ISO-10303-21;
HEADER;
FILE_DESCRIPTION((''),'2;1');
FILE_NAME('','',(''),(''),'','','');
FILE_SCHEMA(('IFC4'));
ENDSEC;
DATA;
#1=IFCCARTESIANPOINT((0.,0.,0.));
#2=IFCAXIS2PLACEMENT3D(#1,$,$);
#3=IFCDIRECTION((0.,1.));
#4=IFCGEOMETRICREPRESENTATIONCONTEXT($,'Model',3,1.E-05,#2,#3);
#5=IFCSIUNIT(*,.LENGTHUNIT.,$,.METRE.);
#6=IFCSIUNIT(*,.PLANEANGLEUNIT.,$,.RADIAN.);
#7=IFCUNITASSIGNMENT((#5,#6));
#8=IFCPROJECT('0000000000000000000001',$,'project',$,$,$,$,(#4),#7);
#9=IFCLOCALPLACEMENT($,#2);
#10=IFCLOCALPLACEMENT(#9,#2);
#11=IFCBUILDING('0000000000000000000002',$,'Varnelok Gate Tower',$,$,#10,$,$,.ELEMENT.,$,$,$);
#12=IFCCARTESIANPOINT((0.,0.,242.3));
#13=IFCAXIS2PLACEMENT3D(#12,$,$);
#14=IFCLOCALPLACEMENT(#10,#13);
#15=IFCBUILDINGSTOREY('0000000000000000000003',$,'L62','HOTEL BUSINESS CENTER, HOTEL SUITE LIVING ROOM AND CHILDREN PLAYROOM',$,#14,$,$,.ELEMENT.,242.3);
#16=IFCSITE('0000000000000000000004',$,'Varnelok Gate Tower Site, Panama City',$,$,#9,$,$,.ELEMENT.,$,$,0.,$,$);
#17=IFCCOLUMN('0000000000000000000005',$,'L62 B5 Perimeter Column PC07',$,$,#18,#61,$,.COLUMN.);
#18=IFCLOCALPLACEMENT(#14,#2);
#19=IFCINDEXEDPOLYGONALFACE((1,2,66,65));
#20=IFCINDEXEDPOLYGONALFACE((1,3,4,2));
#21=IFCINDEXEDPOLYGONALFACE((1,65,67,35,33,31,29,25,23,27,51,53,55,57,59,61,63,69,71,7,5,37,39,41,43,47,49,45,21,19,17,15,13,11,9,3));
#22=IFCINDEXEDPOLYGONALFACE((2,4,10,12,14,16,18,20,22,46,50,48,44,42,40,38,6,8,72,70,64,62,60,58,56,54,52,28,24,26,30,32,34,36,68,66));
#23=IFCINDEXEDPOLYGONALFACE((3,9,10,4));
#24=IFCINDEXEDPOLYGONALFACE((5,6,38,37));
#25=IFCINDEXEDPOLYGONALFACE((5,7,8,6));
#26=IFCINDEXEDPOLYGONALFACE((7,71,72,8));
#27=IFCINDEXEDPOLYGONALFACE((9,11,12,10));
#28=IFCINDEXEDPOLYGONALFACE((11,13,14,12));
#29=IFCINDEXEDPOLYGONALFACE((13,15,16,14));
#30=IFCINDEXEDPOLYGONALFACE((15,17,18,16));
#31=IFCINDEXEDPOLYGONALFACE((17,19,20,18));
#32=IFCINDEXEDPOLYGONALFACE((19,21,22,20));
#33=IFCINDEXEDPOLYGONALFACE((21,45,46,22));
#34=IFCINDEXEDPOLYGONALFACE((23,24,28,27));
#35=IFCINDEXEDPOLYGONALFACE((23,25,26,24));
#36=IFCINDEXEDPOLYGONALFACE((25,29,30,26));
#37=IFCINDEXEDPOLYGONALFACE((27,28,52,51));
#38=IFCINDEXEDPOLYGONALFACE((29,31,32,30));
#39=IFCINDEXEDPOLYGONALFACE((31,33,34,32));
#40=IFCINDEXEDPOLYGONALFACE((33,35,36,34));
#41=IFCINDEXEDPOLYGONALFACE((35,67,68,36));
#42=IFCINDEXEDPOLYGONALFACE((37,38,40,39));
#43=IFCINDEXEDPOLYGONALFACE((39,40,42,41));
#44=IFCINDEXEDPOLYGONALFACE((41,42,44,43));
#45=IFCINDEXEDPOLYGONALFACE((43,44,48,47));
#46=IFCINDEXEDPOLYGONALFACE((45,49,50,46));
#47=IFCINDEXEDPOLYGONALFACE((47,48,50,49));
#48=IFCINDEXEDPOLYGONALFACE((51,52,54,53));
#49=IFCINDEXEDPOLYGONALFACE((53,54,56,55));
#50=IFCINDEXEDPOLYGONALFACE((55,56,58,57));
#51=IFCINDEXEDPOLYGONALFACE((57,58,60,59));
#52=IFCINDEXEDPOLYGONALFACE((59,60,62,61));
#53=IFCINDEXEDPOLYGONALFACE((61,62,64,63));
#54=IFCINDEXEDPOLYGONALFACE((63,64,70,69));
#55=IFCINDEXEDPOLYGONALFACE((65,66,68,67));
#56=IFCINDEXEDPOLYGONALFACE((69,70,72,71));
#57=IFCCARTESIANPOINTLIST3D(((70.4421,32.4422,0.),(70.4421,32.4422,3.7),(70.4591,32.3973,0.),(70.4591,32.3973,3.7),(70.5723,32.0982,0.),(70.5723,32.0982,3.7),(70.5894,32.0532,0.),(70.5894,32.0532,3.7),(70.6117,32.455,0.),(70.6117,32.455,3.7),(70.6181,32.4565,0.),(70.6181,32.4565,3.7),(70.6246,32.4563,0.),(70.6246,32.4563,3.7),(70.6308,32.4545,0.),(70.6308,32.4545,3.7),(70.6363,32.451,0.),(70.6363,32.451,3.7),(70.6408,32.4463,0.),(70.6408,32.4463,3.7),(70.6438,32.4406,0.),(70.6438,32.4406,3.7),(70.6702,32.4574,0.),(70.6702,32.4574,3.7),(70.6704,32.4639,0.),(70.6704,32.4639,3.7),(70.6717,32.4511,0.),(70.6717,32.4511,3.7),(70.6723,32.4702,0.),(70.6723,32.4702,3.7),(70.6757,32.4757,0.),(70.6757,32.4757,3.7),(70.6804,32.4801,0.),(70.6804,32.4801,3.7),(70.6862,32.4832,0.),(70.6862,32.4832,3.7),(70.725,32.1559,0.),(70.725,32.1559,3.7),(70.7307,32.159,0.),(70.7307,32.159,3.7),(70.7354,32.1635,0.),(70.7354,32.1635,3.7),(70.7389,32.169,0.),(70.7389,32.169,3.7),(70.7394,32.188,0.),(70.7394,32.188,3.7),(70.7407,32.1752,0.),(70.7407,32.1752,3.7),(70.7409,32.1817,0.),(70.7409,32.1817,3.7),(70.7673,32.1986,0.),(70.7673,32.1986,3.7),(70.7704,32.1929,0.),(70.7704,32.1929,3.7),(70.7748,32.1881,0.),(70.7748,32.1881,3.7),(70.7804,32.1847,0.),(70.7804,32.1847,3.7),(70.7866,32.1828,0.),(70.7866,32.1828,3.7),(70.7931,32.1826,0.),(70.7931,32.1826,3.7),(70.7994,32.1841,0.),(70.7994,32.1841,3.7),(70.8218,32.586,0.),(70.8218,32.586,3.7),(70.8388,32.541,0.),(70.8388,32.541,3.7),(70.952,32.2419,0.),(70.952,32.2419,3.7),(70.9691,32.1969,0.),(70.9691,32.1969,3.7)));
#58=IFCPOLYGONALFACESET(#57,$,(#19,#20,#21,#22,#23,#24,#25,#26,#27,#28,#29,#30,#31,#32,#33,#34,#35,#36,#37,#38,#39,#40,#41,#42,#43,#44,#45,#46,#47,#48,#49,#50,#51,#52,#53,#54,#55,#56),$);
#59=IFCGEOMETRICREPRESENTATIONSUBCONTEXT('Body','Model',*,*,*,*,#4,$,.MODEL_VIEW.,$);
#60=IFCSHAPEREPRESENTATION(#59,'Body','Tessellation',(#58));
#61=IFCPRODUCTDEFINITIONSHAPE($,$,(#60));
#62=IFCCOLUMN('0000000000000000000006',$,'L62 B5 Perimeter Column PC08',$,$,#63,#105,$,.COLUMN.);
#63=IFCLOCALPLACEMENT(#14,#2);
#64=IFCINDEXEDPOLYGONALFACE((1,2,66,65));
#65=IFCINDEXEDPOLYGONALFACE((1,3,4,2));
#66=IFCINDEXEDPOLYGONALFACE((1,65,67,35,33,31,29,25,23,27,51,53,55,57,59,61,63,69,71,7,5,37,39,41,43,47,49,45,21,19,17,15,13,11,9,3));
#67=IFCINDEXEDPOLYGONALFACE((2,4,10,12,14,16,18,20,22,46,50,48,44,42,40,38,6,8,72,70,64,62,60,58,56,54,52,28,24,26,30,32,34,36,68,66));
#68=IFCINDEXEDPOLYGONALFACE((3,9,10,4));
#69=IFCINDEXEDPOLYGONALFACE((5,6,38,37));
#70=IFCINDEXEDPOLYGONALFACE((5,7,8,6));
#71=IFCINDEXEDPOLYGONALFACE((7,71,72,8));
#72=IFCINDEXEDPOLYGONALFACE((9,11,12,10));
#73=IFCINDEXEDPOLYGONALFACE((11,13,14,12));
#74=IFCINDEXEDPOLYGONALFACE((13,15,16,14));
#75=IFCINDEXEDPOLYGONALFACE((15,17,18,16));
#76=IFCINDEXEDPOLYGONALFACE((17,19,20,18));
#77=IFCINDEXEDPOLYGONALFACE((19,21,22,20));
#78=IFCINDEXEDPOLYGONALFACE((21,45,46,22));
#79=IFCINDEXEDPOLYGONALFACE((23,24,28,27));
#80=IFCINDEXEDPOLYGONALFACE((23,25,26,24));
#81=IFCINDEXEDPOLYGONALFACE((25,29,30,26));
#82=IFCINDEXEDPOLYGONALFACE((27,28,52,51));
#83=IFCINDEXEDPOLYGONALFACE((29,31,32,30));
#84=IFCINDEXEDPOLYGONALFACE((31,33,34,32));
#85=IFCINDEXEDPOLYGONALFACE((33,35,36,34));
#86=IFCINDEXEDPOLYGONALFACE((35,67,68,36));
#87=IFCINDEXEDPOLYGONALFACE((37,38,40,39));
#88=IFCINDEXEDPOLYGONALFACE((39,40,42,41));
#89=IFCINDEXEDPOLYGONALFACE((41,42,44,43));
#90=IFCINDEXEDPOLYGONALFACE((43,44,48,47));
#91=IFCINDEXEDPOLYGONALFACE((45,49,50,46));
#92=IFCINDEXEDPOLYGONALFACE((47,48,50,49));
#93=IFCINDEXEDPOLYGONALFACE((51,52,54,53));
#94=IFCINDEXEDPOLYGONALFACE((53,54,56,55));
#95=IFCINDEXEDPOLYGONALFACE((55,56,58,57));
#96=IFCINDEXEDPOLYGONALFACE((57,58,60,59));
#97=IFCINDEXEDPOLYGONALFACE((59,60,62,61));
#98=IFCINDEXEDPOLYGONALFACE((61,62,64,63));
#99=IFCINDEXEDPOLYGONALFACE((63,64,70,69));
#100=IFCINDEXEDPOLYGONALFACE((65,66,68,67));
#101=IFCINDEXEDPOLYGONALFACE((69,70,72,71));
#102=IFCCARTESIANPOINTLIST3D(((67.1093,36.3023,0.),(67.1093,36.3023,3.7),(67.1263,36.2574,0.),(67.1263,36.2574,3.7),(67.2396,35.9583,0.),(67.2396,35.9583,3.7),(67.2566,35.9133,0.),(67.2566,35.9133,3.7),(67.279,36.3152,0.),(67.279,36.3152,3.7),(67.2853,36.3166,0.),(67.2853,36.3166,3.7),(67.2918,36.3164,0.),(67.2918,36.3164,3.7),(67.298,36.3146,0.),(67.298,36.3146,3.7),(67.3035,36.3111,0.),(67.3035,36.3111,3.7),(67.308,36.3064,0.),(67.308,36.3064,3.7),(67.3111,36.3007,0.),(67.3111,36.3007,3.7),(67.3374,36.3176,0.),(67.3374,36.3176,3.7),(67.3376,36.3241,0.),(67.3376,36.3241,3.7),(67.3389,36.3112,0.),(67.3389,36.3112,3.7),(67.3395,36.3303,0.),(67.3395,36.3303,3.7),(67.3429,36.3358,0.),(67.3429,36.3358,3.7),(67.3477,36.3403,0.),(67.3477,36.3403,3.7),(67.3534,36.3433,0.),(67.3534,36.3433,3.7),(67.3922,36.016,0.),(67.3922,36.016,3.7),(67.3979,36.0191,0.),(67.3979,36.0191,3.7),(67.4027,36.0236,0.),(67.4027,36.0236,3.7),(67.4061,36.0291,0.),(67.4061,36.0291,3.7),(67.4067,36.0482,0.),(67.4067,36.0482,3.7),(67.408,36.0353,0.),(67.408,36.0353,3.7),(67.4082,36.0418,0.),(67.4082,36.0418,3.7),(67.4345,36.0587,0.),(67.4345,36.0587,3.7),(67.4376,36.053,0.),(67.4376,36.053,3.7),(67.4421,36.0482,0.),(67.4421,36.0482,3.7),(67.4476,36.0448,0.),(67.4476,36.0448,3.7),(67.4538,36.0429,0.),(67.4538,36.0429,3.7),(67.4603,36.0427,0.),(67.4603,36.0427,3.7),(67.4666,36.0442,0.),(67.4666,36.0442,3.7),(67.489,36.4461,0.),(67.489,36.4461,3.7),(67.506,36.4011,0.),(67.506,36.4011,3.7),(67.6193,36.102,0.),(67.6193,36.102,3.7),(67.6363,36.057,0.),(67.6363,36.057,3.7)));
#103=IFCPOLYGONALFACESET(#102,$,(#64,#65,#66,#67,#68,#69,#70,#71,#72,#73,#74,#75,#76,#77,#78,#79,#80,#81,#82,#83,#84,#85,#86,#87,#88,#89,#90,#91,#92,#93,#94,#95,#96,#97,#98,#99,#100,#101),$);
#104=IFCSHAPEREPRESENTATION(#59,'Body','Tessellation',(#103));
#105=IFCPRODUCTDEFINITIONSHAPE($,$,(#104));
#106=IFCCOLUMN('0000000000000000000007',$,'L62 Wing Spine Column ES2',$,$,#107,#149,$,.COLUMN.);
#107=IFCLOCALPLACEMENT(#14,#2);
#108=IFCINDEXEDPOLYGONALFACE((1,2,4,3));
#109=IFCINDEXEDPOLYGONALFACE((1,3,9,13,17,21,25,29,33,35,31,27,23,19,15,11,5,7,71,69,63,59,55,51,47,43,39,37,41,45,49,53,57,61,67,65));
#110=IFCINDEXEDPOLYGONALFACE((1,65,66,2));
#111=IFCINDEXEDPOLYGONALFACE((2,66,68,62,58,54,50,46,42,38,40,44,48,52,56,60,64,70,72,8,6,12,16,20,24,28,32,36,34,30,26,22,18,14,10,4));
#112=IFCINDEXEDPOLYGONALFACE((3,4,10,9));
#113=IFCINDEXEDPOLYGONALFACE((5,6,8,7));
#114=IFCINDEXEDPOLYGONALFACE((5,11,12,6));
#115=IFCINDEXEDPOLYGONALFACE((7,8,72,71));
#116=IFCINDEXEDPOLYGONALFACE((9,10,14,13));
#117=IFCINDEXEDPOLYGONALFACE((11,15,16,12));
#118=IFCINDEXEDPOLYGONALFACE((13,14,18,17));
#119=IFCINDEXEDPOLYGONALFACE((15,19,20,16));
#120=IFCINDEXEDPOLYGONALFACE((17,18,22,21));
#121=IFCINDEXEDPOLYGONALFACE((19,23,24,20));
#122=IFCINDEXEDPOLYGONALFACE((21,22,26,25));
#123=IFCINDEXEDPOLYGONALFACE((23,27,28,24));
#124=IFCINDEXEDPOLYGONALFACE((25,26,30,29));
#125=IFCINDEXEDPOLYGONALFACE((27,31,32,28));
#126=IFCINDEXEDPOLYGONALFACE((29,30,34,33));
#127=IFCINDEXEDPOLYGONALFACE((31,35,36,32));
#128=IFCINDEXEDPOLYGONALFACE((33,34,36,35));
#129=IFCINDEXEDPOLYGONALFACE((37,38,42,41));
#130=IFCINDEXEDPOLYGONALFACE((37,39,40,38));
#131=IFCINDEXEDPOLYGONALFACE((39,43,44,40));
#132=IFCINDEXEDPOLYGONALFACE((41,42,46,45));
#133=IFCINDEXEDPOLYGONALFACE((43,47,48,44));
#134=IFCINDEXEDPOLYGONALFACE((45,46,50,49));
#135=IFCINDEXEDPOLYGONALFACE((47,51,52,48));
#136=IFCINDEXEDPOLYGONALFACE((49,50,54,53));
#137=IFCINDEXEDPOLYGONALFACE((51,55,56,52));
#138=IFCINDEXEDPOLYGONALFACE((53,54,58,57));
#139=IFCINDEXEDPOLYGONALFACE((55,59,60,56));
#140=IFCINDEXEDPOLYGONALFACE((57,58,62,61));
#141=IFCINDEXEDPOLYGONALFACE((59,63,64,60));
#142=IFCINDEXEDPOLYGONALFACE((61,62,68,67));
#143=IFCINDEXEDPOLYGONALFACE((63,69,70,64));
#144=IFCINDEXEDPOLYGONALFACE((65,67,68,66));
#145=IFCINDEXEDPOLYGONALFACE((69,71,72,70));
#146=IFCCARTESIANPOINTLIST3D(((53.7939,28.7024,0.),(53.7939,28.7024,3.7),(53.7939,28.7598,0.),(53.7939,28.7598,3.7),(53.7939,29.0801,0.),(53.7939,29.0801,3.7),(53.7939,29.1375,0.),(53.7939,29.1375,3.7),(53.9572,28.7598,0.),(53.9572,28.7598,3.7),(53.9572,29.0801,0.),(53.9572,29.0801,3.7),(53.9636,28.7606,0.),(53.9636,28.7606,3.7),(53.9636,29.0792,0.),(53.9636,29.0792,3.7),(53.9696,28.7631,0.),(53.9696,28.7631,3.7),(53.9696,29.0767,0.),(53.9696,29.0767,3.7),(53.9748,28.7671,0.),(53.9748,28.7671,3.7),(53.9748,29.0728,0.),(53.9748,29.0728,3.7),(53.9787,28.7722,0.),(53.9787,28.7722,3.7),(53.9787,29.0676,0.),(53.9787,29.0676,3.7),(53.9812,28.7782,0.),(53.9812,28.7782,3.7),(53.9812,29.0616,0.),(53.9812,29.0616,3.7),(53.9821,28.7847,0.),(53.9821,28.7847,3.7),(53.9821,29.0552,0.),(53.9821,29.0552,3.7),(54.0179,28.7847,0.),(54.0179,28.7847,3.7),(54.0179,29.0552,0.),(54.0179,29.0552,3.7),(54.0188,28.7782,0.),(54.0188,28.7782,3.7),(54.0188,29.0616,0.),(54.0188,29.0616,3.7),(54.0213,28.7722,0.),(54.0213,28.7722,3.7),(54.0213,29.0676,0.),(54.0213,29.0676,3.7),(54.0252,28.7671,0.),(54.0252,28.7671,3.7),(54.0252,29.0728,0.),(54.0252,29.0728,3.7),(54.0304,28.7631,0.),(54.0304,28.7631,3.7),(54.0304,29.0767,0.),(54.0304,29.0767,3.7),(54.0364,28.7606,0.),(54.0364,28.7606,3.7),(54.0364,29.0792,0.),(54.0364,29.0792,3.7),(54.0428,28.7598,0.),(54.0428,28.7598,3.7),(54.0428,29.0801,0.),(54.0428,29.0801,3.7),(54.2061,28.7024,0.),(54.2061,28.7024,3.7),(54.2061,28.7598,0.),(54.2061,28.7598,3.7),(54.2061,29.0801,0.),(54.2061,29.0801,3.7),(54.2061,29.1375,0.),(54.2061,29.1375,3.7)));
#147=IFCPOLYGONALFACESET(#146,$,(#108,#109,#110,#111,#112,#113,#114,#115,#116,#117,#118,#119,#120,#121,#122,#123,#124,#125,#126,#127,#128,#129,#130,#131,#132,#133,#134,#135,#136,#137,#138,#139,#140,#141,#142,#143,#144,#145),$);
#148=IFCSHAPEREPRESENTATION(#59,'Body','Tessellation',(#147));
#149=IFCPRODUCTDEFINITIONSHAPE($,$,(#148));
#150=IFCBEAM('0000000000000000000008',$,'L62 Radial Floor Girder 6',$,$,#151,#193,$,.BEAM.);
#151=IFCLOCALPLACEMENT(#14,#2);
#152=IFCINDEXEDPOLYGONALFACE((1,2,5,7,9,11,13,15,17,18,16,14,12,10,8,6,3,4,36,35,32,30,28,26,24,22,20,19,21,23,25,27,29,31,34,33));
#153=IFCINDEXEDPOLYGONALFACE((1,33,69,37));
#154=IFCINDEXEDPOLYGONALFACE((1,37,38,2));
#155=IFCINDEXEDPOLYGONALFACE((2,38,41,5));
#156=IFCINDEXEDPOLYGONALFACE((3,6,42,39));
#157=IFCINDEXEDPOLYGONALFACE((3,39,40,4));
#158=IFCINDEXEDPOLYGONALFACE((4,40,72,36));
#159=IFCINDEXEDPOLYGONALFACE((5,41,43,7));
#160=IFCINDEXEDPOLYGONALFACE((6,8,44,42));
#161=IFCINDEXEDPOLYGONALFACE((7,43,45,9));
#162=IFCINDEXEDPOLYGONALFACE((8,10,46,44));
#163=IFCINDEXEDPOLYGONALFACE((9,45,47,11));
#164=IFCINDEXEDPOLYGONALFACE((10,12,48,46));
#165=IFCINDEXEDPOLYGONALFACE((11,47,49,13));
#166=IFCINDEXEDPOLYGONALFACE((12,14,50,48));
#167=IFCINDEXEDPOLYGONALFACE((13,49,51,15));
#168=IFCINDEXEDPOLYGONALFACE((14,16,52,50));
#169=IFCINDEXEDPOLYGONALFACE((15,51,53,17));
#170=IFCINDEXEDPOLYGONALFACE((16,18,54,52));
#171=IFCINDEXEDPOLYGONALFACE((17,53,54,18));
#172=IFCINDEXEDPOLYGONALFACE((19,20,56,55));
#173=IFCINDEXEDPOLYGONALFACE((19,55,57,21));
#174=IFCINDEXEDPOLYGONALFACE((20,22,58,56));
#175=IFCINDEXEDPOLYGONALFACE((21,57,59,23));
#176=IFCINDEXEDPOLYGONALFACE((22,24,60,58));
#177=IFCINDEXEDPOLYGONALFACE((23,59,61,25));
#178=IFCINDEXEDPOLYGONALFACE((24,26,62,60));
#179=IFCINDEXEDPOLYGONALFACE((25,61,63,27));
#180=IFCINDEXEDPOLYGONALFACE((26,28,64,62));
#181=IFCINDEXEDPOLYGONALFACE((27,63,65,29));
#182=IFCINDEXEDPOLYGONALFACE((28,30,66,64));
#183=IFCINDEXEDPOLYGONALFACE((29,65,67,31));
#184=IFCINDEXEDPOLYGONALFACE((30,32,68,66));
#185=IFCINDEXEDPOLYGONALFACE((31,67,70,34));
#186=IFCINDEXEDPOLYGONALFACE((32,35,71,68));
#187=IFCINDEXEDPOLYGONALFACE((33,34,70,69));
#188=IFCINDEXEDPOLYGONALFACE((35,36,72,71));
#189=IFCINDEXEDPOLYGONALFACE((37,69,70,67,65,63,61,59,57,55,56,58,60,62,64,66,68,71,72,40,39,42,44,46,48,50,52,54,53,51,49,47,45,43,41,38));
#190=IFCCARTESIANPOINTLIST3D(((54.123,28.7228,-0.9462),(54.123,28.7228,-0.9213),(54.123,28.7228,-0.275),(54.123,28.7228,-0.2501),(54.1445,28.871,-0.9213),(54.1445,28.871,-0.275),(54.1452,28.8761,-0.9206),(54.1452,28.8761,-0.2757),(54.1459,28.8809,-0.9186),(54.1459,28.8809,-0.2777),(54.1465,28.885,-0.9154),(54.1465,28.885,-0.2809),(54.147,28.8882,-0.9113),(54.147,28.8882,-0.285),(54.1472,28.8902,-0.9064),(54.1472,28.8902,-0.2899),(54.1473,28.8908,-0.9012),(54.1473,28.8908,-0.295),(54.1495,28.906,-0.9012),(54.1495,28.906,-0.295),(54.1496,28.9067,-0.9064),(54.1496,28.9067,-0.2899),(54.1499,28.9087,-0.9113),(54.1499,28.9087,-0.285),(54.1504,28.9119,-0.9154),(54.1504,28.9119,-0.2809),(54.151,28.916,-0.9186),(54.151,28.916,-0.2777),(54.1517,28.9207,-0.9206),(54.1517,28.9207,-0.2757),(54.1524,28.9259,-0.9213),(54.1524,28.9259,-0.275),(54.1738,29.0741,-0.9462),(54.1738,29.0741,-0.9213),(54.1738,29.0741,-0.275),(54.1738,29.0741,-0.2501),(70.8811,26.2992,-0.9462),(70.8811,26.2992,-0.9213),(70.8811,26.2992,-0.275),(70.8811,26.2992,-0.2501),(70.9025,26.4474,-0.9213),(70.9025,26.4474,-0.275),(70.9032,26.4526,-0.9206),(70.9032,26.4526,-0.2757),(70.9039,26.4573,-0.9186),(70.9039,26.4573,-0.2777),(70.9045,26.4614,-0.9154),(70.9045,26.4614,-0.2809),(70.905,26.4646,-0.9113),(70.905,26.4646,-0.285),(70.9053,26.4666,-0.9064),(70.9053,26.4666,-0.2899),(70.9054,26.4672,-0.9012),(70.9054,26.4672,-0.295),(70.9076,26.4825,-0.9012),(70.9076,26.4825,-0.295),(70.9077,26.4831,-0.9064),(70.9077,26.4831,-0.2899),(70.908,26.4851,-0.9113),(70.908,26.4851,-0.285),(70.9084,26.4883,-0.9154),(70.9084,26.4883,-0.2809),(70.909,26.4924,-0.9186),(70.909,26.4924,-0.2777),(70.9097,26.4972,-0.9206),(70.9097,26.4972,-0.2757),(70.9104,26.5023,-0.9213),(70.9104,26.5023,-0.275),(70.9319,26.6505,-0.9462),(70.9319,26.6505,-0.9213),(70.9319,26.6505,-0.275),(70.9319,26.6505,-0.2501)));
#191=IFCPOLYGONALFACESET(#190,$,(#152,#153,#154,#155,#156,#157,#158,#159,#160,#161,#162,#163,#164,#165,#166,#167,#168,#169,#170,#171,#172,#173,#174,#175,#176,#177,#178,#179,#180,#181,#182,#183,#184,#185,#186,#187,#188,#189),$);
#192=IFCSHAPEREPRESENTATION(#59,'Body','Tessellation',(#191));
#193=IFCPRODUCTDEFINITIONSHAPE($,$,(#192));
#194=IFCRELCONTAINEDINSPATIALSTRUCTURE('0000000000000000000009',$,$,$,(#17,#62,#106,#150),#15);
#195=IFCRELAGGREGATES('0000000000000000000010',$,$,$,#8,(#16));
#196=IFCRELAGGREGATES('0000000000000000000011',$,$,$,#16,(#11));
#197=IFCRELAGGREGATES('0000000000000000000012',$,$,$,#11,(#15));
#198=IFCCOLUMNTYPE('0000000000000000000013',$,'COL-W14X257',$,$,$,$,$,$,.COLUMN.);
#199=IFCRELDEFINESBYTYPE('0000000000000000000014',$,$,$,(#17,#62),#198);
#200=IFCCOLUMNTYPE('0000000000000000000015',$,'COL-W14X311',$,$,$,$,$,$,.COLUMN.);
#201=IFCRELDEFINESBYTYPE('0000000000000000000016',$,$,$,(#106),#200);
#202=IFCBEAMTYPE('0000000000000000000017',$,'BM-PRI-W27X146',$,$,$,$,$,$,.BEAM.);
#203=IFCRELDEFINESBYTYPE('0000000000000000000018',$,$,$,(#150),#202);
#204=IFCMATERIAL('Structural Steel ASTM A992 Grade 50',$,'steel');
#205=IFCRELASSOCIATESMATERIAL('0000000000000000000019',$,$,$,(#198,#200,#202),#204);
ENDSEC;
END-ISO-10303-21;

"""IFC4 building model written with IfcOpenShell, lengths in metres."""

from ifc_helpers import new_model, si_unit, direction, frame, origin, origin_2d, place, context, subcontext, project, spatial, i_section, extrude, material, material_profile, profile_set, type_object, element, save


model = new_model("IFC4")

# Units and contexts
model_context = context("Model", 3, precision=1e-05, world=origin(), true_north=direction((0.0, 1.0)))
body_context = subcontext(model_context, "Body", "Model", "MODEL_VIEW")
ifc_project = project(units=[si_unit("LENGTHUNIT", "METRE"), si_unit("PLANEANGLEUNIT", "RADIAN")], contexts=[model_context])

# Site, building, storey
site_placement = place(None, origin())
site = spatial("IfcSite", under=ifc_project, at=site_placement, Name="Varnelok Gate Tower Site, Panama City", CompositionType="ELEMENT", RefElevation=0.0)
building_placement = place(site_placement, origin())
building = spatial("IfcBuilding", under=site, at=building_placement, Name="Varnelok Gate Tower", CompositionType="ELEMENT")
storey_placement = place(building_placement, frame((0.0, 0.0, 242.3)))
storey = spatial("IfcBuildingStorey", under=building, at=storey_placement, Name="L62", Description="HOTEL BUSINESS CENTER, HOTEL SUITE LIVING ROOM AND CHILDREN PLAYROOM", CompositionType="ELEMENT", Elevation=242.3)

# Columns
ifc_material_1 = material(Name="Structural Steel ASTM A992 Grade 50", Category="steel")
ifc_material_profile_1 = material_profile(ifc_material_1, i_section(OverallWidth=0.406, OverallDepth=0.416, WebThickness=0.0298, FlangeThickness=0.0481, FilletRadius=0.0249, at=origin_2d()), Name="W14X257")
ifc_profile_set_1 = profile_set([ifc_material_profile_1], Name="Structural Steel ASTM A992 Grade 50")
column_type_1 = type_object("IfcColumnType", Name="COL-W14X257", PredefinedType="COLUMN", material=ifc_profile_set_1)
for number, where, z_axis, x_axis, name in (
    (1, (70.7056, 32.3196, 0.0), (0.0, 0.0, 1.0), (0.935222, 0.354063, 0.0), "L62 B5 Perimeter Column PC07"),
    (2, (67.3728, 36.1797, 0.0), (0.0, 0.0, 1.0), (0.935222, 0.354063, 0.0), "L62 B5 Perimeter Column PC08"),
):
    element("IfcColumn", number, at=place(storey_placement, frame(where, z_axis=z_axis, x_axis=x_axis)), inside=storey, type_object=column_type_1, Name=name, PredefinedType="COLUMN", context=body_context, shape_type="SweptSolid", body=[
        extrude(i_section(OverallWidth=0.406, OverallDepth=0.416, WebThickness=0.0298, FlangeThickness=0.0481, FilletRadius=0.0249, at=origin_2d()), origin(), (0.0, 0.0, 1.0), 3.7),
    ])
ifc_material_profile_2 = material_profile(ifc_material_1, i_section(OverallWidth=0.4121, OverallDepth=0.4351, WebThickness=0.0359, FlangeThickness=0.0574, FilletRadius=0.0249, at=origin_2d()), Name="W14X311")
ifc_profile_set_2 = profile_set([ifc_material_profile_2], Name="Structural Steel ASTM A992 Grade 50")
column_type_2 = type_object("IfcColumnType", Name="COL-W14X311", PredefinedType="COLUMN", material=ifc_profile_set_2)
column_placement = place(storey_placement, frame((54.0, 28.9199, 0.0), z_axis=(0.0, 0.0, 1.0), x_axis=(1.0, 0.0, 0.0)))
element("IfcColumn", 3, at=column_placement, inside=storey, type_object=column_type_2, Name="L62 Wing Spine Column ES2", PredefinedType="COLUMN", context=body_context, shape_type="SweptSolid", body=[
    extrude(i_section(OverallWidth=0.4121, OverallDepth=0.4351, WebThickness=0.0359, FlangeThickness=0.0574, FilletRadius=0.0249, at=origin_2d()), origin(), (0.0, 0.0, 1.0), 3.7),
])

# Beam
ifc_material_profile_3 = material_profile(ifc_material_1, i_section(OverallWidth=0.355, OverallDepth=0.696, WebThickness=0.0154, FlangeThickness=0.0249, FilletRadius=0.02, at=origin_2d()), Name="W27X146")
ifc_profile_set_3 = profile_set([ifc_material_profile_3], Name="Structural Steel ASTM A992 Grade 50")
beam_type_1 = type_object("IfcBeamType", Name="BM-PRI-W27X146", PredefinedType="BEAM", material=ifc_profile_set_3)
beam_1_placement = place(storey_placement, frame((54.1484, 28.8984, -0.5981), z_axis=(0.989703, -0.143133, 0.0), x_axis=(0.143133, 0.989703, 0.0)))
element("IfcBeam", 4, at=beam_1_placement, inside=storey, type_object=beam_type_1, Name="L62 Radial Floor Girder 6", PredefinedType="BEAM", context=body_context, shape_type="SweptSolid", body=[
    extrude(i_section(OverallWidth=0.355, OverallDepth=0.696, WebThickness=0.0154, FlangeThickness=0.0249, FilletRadius=0.02, at=origin_2d()), origin(), (0.0, 0.0, 1.0), 16.9324),
])

save(model, "model.ifc")
